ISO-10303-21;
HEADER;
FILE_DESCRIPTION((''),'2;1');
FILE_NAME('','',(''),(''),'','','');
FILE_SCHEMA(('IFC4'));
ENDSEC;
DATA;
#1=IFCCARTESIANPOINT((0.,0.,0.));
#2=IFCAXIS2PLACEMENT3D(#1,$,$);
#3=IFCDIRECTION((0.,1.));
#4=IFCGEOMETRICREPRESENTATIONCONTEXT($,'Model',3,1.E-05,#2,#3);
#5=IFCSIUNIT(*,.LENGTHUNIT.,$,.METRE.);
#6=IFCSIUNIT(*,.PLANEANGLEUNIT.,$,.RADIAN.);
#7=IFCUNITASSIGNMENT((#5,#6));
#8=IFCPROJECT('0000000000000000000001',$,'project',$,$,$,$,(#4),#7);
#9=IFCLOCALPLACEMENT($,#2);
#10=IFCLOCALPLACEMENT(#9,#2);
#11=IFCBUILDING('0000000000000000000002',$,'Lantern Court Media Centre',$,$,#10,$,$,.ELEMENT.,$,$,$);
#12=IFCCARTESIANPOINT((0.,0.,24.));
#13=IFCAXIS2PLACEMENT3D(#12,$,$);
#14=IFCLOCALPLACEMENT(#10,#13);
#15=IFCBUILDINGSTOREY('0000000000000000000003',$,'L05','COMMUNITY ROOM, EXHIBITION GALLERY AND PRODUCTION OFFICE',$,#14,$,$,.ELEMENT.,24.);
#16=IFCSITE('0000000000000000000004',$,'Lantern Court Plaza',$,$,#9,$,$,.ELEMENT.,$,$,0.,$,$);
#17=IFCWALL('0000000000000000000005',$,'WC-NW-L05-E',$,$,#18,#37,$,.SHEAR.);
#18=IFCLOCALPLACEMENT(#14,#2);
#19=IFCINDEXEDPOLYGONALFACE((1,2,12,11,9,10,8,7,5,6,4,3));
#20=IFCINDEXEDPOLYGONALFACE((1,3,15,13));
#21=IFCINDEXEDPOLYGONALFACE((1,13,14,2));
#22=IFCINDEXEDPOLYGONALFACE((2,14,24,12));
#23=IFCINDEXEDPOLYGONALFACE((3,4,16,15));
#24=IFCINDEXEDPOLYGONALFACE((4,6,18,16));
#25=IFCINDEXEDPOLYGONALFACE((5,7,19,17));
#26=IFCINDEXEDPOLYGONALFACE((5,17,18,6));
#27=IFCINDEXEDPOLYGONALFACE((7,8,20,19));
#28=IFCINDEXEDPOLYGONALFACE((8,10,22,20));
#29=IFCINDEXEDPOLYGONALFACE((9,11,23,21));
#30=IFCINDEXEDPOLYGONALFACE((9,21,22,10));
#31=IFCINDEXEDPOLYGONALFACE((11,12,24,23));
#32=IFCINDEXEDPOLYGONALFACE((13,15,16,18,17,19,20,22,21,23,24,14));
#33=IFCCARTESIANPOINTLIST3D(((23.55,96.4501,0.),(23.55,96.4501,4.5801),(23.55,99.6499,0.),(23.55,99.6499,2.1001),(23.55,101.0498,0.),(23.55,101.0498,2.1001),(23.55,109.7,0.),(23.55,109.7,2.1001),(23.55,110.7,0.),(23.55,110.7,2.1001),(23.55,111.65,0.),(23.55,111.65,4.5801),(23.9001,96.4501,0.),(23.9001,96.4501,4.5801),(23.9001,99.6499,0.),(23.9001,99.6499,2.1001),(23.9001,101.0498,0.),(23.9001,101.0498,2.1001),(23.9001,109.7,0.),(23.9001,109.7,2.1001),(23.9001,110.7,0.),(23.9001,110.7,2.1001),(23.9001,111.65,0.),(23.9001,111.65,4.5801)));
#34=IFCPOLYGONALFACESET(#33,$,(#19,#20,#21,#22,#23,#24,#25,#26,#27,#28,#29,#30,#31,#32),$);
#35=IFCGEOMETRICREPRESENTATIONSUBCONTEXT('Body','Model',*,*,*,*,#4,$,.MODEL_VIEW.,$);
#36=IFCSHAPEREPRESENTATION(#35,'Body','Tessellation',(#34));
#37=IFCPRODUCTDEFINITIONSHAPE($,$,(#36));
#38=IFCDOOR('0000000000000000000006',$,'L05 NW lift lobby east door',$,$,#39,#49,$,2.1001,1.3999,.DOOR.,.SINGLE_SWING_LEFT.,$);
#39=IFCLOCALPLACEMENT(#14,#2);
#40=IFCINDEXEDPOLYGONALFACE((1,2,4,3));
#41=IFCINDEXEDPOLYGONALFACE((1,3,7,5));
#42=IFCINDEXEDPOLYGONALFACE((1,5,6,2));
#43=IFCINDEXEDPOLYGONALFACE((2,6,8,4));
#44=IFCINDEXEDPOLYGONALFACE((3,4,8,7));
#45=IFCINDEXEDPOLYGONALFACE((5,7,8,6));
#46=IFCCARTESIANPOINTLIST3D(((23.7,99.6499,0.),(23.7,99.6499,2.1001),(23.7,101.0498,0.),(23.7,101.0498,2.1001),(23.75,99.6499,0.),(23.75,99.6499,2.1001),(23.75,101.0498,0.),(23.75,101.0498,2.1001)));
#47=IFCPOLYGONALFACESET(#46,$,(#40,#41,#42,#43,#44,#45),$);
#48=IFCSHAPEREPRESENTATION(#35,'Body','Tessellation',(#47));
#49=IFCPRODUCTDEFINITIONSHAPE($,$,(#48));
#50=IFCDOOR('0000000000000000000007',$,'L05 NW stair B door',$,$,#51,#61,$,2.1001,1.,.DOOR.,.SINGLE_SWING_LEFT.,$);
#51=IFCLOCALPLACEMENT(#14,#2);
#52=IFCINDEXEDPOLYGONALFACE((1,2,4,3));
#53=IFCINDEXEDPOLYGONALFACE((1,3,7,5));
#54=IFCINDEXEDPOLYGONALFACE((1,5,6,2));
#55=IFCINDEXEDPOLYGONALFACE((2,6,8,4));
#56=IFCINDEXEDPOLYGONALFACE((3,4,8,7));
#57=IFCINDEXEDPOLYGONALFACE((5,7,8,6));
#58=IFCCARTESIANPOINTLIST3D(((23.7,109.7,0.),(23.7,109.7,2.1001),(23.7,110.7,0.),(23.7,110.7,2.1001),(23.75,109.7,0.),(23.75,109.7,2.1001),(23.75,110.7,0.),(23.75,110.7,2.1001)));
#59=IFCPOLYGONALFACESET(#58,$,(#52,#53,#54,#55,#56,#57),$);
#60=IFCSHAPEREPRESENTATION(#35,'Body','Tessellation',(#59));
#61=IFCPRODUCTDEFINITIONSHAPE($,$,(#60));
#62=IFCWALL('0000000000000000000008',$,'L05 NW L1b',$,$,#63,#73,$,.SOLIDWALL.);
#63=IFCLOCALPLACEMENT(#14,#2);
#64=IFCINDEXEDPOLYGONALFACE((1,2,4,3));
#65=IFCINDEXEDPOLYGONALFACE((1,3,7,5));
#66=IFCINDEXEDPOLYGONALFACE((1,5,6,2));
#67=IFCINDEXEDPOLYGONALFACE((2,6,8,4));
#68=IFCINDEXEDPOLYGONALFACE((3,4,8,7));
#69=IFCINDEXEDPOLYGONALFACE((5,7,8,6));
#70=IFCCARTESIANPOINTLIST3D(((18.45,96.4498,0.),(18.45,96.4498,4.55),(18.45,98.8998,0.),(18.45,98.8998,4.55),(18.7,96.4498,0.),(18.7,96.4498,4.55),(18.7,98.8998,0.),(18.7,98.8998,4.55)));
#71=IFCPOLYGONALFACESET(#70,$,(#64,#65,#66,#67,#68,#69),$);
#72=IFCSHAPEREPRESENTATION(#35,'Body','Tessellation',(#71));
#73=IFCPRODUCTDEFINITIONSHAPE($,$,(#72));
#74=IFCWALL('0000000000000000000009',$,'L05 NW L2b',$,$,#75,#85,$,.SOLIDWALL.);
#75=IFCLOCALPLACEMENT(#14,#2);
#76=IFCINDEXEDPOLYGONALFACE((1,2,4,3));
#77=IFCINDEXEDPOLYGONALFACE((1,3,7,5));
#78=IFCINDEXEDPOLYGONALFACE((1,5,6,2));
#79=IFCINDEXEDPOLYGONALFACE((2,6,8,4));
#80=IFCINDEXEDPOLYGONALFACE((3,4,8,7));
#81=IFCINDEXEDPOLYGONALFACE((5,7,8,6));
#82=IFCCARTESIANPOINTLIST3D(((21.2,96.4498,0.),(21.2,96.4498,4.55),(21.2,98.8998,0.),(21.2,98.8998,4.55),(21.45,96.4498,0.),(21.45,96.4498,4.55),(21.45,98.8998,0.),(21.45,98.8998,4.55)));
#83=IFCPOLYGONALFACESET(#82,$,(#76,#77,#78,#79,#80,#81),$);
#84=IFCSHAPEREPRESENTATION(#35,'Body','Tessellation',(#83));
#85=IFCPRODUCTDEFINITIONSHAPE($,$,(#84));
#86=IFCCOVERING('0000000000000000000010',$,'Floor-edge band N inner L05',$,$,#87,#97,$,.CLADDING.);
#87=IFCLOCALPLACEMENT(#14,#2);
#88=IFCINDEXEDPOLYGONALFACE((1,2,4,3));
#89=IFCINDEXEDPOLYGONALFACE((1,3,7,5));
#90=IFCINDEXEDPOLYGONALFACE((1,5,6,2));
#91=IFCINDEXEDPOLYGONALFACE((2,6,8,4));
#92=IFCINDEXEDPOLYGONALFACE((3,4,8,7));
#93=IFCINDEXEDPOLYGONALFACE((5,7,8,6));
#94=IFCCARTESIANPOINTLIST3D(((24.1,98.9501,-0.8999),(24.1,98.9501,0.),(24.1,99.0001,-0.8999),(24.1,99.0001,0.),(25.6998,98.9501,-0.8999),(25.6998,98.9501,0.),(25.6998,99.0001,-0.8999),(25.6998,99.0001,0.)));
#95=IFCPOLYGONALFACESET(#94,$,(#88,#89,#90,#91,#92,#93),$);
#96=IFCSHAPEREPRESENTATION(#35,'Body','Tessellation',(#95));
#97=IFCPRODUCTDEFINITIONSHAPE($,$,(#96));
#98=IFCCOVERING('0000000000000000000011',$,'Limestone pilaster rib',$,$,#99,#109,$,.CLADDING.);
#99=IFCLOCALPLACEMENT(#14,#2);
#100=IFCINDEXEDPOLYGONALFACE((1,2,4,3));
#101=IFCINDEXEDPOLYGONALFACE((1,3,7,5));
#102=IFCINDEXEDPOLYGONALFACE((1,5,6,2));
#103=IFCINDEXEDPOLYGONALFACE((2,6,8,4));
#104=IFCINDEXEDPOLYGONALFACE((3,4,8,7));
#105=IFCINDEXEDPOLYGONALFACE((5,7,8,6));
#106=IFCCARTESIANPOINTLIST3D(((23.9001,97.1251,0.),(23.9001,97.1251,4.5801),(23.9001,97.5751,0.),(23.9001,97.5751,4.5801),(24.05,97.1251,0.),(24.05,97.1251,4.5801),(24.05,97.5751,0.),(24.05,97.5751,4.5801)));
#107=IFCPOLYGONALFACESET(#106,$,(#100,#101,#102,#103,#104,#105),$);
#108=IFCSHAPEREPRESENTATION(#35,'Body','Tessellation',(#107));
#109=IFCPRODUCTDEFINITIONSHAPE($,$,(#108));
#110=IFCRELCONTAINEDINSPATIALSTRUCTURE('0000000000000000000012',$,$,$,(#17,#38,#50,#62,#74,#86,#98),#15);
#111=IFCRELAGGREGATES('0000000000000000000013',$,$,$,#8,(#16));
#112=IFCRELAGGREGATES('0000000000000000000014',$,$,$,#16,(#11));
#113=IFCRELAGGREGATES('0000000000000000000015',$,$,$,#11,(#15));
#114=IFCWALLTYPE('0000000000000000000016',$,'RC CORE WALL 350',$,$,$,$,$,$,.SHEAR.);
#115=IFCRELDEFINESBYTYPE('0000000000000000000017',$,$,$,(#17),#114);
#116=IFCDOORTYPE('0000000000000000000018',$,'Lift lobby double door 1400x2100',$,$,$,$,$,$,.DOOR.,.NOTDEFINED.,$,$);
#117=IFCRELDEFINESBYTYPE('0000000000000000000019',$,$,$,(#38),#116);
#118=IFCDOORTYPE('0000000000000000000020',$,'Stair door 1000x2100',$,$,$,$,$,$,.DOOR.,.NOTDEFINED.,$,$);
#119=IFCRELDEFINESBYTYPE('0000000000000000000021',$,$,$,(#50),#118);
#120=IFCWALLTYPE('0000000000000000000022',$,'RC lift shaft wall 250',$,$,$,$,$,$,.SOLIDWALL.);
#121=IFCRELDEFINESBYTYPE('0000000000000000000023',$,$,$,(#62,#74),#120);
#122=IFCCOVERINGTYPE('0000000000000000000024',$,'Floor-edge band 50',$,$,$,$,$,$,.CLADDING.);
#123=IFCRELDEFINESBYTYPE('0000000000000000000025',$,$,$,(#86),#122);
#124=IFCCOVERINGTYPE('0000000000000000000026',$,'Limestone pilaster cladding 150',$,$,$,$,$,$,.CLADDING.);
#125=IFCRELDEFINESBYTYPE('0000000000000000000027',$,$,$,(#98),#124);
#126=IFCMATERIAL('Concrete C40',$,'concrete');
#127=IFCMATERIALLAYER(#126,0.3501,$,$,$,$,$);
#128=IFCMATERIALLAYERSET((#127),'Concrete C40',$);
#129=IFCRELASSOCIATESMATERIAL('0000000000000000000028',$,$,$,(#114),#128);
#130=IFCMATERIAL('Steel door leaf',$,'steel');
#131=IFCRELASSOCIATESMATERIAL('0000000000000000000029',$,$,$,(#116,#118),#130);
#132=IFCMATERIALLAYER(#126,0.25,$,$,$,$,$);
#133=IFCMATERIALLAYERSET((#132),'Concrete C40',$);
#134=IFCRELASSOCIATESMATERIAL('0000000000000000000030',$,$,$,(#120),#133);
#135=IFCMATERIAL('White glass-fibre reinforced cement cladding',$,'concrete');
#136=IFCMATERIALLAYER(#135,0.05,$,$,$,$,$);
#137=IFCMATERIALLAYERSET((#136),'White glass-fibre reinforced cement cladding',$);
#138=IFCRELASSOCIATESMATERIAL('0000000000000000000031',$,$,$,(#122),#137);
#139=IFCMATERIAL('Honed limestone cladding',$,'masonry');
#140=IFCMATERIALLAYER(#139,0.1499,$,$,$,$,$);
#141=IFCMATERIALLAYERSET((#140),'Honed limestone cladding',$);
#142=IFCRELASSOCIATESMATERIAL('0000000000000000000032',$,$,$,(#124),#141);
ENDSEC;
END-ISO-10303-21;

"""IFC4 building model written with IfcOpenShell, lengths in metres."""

from ifc_helpers import new_model, si_unit, direction, frame, frame_2d, origin, place, context, subcontext, project, spatial, rectangle, extrude, material, layer, layer_set, type_object, element, fill, save


model = new_model("IFC4")

# Units and contexts
model_context = context("Model", 3, precision=1e-05, world=origin(), true_north=direction((0.0, 1.0)))
body_context = subcontext(model_context, "Body", "Model", "MODEL_VIEW")
ifc_project = project(units=[si_unit("LENGTHUNIT", "METRE"), si_unit("PLANEANGLEUNIT", "RADIAN")], contexts=[model_context])

# Site, building, storey
site_placement = place(None, origin())
site = spatial("IfcSite", under=ifc_project, at=site_placement, Name="Lantern Court Plaza", CompositionType="ELEMENT", RefElevation=0.0)
building_placement = place(site_placement, origin())
building = spatial("IfcBuilding", under=site, at=building_placement, Name="Lantern Court Media Centre", CompositionType="ELEMENT")
storey_placement = place(building_placement, frame((0.0, 0.0, 24.0)))
storey = spatial("IfcBuildingStorey", under=building, at=storey_placement, Name="L05", Description="COMMUNITY ROOM, EXHIBITION GALLERY AND PRODUCTION OFFICE", CompositionType="ELEMENT", Elevation=24.0)

# Wall, openings, doors
ifc_material_1 = material(Name="Concrete C40", Category="concrete")
ifc_material_2 = material(Name="Steel door leaf", Category="steel")
ifc_layer_1 = layer(ifc_material_1, 0.3501)
ifc_layer_set_1 = layer_set([ifc_layer_1], Name="Concrete C40")
wall_type_1 = type_object("IfcWallType", Name="RC CORE WALL 350", PredefinedType="SHEAR", material=ifc_layer_set_1)
wall_1_placement = place(storey_placement, frame((23.7251, 96.45, 0.0), z_axis=(0.0, 0.0, 1.0), x_axis=(0.0, 1.0, 0.0)))
wall_1 = element("IfcWall", 1, at=wall_1_placement, inside=storey, type_object=wall_type_1, Name="WC-NW-L05-E", PredefinedType="SHEAR", context=body_context, shape_type="SweptSolid", body=[
    extrude(rectangle(XDim=15.2, YDim=0.3501, at=frame_2d((7.6001, 0.0))), origin(), (0.0, 0.0, 1.0), 4.5801),
])
opening_1_placement = place(wall_1_placement, frame((13.25, 0.0, 0.0)))
opening_1 = element("IfcOpeningElement", 2, at=opening_1_placement, cuts=wall_1, PredefinedType="OPENING", context=body_context, shape_type="SweptSolid", body=[
    extrude(rectangle(XDim=1.0, YDim=2.1001, at=frame_2d((0.5, 1.05))), frame((0.0, 0.1851, 0.0), z_axis=(0.0, -1.0, 0.0), x_axis=(1.0, 0.0, 0.0)), (0.0, 0.0, 1.0), 0.3701),
])
opening_2_placement = place(wall_1_placement, frame((3.2, 0.0, 0.0)))
opening_2 = element("IfcOpeningElement", 3, at=opening_2_placement, cuts=wall_1, PredefinedType="OPENING", context=body_context, shape_type="SweptSolid", body=[
    extrude(rectangle(XDim=1.3999, YDim=2.1001, at=frame_2d((0.7, 1.05))), frame((0.0, 0.1851, 0.0), z_axis=(0.0, -1.0, 0.0), x_axis=(1.0, 0.0, 0.0)), (0.0, 0.0, 1.0), 0.3701),
])
door_type_1 = type_object("IfcDoorType", Name="Lift lobby double door 1400x2100", OperationType="NOTDEFINED", PredefinedType="DOOR", material=ifc_material_2)
door_1_placement = place(opening_2_placement, frame((1.3999, 0.0, 0.0), z_axis=(0.0, 0.0, 1.0), x_axis=(-1.0, 0.0, 0.0)))
door_1 = element("IfcDoor", 4, at=door_1_placement, inside=storey, type_object=door_type_1, Name="L05 NW lift lobby east door", OperationType="SINGLE_SWING_LEFT", OverallHeight=2.1001, OverallWidth=1.3999, PredefinedType="DOOR", context=body_context, shape_type="SweptSolid", body=[
    extrude(rectangle(XDim=1.3999, YDim=2.1001, at=frame_2d((0.7, 1.05))), frame((0.0, 0.0249, 0.0), z_axis=(0.0, -1.0, 0.0), x_axis=(1.0, 0.0, 0.0)), (0.0, 0.0, 1.0), 0.05),
])
fill(opening_2, door_1)
door_type_2 = type_object("IfcDoorType", Name="Stair door 1000x2100", OperationType="NOTDEFINED", PredefinedType="DOOR", material=ifc_material_2)
door_2_placement = place(opening_1_placement, frame((1.0, 0.0, 0.0), z_axis=(0.0, 0.0, 1.0), x_axis=(-1.0, 0.0, 0.0)))
door_2 = element("IfcDoor", 5, at=door_2_placement, inside=storey, type_object=door_type_2, Name="L05 NW stair B door", OperationType="SINGLE_SWING_LEFT", OverallHeight=2.1001, OverallWidth=1.0, PredefinedType="DOOR", context=body_context, shape_type="SweptSolid", body=[
    extrude(rectangle(XDim=1.0, YDim=2.1001, at=frame_2d((0.5, 1.05))), frame((0.0, 0.0249, 0.0), z_axis=(0.0, -1.0, 0.0), x_axis=(1.0, 0.0, 0.0)), (0.0, 0.0, 1.0), 0.05),
])
fill(opening_1, door_2)

# Walls
ifc_layer_2 = layer(ifc_material_1, 0.25)
ifc_layer_set_2 = layer_set([ifc_layer_2], Name="Concrete C40")
wall_type_2 = type_object("IfcWallType", Name="RC lift shaft wall 250", PredefinedType="SOLIDWALL", material=ifc_layer_set_2)
for number, where, z_axis, x_axis, name in (
    (6, (18.575, 98.8999, 0.0), (0.0, 0.0, 1.0), (0.0, -1.0, 0.0), "L05 NW L1b"),
    (7, (21.325, 98.8999, 0.0), (0.0, 0.0, 1.0), (0.0, -1.0, 0.0), "L05 NW L2b"),
):
    element("IfcWall", number, at=place(storey_placement, frame(where, z_axis=z_axis, x_axis=x_axis)), inside=storey, type_object=wall_type_2, Name=name, PredefinedType="SOLIDWALL", context=body_context, shape_type="SweptSolid", body=[
        extrude(rectangle(XDim=2.45, YDim=0.25, at=frame_2d((1.2251, 0.0))), origin(), (0.0, 0.0, 1.0), 4.55),
    ])

# Coverings
ifc_material_3 = material(Name="White glass-fibre reinforced cement cladding", Category="concrete")
ifc_layer_3 = layer(ifc_material_3, 0.05)
ifc_layer_set_3 = layer_set([ifc_layer_3], Name="White glass-fibre reinforced cement cladding")
covering_type_1 = type_object("IfcCoveringType", Name="Floor-edge band 50", PredefinedType="CLADDING", material=ifc_layer_set_3)
covering_1_placement = place(storey_placement, frame((24.1001, 98.9751, -0.8999), z_axis=(0.0, 0.0, 1.0), x_axis=(1.0, 0.0, 0.0)))
element("IfcCovering", 8, at=covering_1_placement, inside=storey, type_object=covering_type_1, Name="Floor-edge band N inner L05", PredefinedType="CLADDING", context=body_context, shape_type="SweptSolid", body=[
    extrude(rectangle(XDim=1.5999, YDim=0.05, at=frame_2d((0.7998, 0.0))), origin(), (0.0, 0.0, 1.0), 0.8999),
])
ifc_material_4 = material(Name="Honed limestone cladding", Category="masonry")
ifc_layer_4 = layer(ifc_material_4, 0.1499)
ifc_layer_set_4 = layer_set([ifc_layer_4], Name="Honed limestone cladding")
covering_type_2 = type_object("IfcCoveringType", Name="Limestone pilaster cladding 150", PredefinedType="CLADDING", material=ifc_layer_set_4)
covering_2_placement = place(storey_placement, frame((23.9751, 97.125, 0.0), z_axis=(0.0, 0.0, 1.0), x_axis=(0.0, 1.0, 0.0)))
element("IfcCovering", 9, at=covering_2_placement, inside=storey, type_object=covering_type_2, Name="Limestone pilaster rib", PredefinedType="CLADDING", context=body_context, shape_type="SweptSolid", body=[
    extrude(rectangle(XDim=0.45, YDim=0.1499, at=frame_2d((0.2251, 0.0))), origin(), (0.0, 0.0, 1.0), 4.5801),
])

save(model, "model.ifc")
